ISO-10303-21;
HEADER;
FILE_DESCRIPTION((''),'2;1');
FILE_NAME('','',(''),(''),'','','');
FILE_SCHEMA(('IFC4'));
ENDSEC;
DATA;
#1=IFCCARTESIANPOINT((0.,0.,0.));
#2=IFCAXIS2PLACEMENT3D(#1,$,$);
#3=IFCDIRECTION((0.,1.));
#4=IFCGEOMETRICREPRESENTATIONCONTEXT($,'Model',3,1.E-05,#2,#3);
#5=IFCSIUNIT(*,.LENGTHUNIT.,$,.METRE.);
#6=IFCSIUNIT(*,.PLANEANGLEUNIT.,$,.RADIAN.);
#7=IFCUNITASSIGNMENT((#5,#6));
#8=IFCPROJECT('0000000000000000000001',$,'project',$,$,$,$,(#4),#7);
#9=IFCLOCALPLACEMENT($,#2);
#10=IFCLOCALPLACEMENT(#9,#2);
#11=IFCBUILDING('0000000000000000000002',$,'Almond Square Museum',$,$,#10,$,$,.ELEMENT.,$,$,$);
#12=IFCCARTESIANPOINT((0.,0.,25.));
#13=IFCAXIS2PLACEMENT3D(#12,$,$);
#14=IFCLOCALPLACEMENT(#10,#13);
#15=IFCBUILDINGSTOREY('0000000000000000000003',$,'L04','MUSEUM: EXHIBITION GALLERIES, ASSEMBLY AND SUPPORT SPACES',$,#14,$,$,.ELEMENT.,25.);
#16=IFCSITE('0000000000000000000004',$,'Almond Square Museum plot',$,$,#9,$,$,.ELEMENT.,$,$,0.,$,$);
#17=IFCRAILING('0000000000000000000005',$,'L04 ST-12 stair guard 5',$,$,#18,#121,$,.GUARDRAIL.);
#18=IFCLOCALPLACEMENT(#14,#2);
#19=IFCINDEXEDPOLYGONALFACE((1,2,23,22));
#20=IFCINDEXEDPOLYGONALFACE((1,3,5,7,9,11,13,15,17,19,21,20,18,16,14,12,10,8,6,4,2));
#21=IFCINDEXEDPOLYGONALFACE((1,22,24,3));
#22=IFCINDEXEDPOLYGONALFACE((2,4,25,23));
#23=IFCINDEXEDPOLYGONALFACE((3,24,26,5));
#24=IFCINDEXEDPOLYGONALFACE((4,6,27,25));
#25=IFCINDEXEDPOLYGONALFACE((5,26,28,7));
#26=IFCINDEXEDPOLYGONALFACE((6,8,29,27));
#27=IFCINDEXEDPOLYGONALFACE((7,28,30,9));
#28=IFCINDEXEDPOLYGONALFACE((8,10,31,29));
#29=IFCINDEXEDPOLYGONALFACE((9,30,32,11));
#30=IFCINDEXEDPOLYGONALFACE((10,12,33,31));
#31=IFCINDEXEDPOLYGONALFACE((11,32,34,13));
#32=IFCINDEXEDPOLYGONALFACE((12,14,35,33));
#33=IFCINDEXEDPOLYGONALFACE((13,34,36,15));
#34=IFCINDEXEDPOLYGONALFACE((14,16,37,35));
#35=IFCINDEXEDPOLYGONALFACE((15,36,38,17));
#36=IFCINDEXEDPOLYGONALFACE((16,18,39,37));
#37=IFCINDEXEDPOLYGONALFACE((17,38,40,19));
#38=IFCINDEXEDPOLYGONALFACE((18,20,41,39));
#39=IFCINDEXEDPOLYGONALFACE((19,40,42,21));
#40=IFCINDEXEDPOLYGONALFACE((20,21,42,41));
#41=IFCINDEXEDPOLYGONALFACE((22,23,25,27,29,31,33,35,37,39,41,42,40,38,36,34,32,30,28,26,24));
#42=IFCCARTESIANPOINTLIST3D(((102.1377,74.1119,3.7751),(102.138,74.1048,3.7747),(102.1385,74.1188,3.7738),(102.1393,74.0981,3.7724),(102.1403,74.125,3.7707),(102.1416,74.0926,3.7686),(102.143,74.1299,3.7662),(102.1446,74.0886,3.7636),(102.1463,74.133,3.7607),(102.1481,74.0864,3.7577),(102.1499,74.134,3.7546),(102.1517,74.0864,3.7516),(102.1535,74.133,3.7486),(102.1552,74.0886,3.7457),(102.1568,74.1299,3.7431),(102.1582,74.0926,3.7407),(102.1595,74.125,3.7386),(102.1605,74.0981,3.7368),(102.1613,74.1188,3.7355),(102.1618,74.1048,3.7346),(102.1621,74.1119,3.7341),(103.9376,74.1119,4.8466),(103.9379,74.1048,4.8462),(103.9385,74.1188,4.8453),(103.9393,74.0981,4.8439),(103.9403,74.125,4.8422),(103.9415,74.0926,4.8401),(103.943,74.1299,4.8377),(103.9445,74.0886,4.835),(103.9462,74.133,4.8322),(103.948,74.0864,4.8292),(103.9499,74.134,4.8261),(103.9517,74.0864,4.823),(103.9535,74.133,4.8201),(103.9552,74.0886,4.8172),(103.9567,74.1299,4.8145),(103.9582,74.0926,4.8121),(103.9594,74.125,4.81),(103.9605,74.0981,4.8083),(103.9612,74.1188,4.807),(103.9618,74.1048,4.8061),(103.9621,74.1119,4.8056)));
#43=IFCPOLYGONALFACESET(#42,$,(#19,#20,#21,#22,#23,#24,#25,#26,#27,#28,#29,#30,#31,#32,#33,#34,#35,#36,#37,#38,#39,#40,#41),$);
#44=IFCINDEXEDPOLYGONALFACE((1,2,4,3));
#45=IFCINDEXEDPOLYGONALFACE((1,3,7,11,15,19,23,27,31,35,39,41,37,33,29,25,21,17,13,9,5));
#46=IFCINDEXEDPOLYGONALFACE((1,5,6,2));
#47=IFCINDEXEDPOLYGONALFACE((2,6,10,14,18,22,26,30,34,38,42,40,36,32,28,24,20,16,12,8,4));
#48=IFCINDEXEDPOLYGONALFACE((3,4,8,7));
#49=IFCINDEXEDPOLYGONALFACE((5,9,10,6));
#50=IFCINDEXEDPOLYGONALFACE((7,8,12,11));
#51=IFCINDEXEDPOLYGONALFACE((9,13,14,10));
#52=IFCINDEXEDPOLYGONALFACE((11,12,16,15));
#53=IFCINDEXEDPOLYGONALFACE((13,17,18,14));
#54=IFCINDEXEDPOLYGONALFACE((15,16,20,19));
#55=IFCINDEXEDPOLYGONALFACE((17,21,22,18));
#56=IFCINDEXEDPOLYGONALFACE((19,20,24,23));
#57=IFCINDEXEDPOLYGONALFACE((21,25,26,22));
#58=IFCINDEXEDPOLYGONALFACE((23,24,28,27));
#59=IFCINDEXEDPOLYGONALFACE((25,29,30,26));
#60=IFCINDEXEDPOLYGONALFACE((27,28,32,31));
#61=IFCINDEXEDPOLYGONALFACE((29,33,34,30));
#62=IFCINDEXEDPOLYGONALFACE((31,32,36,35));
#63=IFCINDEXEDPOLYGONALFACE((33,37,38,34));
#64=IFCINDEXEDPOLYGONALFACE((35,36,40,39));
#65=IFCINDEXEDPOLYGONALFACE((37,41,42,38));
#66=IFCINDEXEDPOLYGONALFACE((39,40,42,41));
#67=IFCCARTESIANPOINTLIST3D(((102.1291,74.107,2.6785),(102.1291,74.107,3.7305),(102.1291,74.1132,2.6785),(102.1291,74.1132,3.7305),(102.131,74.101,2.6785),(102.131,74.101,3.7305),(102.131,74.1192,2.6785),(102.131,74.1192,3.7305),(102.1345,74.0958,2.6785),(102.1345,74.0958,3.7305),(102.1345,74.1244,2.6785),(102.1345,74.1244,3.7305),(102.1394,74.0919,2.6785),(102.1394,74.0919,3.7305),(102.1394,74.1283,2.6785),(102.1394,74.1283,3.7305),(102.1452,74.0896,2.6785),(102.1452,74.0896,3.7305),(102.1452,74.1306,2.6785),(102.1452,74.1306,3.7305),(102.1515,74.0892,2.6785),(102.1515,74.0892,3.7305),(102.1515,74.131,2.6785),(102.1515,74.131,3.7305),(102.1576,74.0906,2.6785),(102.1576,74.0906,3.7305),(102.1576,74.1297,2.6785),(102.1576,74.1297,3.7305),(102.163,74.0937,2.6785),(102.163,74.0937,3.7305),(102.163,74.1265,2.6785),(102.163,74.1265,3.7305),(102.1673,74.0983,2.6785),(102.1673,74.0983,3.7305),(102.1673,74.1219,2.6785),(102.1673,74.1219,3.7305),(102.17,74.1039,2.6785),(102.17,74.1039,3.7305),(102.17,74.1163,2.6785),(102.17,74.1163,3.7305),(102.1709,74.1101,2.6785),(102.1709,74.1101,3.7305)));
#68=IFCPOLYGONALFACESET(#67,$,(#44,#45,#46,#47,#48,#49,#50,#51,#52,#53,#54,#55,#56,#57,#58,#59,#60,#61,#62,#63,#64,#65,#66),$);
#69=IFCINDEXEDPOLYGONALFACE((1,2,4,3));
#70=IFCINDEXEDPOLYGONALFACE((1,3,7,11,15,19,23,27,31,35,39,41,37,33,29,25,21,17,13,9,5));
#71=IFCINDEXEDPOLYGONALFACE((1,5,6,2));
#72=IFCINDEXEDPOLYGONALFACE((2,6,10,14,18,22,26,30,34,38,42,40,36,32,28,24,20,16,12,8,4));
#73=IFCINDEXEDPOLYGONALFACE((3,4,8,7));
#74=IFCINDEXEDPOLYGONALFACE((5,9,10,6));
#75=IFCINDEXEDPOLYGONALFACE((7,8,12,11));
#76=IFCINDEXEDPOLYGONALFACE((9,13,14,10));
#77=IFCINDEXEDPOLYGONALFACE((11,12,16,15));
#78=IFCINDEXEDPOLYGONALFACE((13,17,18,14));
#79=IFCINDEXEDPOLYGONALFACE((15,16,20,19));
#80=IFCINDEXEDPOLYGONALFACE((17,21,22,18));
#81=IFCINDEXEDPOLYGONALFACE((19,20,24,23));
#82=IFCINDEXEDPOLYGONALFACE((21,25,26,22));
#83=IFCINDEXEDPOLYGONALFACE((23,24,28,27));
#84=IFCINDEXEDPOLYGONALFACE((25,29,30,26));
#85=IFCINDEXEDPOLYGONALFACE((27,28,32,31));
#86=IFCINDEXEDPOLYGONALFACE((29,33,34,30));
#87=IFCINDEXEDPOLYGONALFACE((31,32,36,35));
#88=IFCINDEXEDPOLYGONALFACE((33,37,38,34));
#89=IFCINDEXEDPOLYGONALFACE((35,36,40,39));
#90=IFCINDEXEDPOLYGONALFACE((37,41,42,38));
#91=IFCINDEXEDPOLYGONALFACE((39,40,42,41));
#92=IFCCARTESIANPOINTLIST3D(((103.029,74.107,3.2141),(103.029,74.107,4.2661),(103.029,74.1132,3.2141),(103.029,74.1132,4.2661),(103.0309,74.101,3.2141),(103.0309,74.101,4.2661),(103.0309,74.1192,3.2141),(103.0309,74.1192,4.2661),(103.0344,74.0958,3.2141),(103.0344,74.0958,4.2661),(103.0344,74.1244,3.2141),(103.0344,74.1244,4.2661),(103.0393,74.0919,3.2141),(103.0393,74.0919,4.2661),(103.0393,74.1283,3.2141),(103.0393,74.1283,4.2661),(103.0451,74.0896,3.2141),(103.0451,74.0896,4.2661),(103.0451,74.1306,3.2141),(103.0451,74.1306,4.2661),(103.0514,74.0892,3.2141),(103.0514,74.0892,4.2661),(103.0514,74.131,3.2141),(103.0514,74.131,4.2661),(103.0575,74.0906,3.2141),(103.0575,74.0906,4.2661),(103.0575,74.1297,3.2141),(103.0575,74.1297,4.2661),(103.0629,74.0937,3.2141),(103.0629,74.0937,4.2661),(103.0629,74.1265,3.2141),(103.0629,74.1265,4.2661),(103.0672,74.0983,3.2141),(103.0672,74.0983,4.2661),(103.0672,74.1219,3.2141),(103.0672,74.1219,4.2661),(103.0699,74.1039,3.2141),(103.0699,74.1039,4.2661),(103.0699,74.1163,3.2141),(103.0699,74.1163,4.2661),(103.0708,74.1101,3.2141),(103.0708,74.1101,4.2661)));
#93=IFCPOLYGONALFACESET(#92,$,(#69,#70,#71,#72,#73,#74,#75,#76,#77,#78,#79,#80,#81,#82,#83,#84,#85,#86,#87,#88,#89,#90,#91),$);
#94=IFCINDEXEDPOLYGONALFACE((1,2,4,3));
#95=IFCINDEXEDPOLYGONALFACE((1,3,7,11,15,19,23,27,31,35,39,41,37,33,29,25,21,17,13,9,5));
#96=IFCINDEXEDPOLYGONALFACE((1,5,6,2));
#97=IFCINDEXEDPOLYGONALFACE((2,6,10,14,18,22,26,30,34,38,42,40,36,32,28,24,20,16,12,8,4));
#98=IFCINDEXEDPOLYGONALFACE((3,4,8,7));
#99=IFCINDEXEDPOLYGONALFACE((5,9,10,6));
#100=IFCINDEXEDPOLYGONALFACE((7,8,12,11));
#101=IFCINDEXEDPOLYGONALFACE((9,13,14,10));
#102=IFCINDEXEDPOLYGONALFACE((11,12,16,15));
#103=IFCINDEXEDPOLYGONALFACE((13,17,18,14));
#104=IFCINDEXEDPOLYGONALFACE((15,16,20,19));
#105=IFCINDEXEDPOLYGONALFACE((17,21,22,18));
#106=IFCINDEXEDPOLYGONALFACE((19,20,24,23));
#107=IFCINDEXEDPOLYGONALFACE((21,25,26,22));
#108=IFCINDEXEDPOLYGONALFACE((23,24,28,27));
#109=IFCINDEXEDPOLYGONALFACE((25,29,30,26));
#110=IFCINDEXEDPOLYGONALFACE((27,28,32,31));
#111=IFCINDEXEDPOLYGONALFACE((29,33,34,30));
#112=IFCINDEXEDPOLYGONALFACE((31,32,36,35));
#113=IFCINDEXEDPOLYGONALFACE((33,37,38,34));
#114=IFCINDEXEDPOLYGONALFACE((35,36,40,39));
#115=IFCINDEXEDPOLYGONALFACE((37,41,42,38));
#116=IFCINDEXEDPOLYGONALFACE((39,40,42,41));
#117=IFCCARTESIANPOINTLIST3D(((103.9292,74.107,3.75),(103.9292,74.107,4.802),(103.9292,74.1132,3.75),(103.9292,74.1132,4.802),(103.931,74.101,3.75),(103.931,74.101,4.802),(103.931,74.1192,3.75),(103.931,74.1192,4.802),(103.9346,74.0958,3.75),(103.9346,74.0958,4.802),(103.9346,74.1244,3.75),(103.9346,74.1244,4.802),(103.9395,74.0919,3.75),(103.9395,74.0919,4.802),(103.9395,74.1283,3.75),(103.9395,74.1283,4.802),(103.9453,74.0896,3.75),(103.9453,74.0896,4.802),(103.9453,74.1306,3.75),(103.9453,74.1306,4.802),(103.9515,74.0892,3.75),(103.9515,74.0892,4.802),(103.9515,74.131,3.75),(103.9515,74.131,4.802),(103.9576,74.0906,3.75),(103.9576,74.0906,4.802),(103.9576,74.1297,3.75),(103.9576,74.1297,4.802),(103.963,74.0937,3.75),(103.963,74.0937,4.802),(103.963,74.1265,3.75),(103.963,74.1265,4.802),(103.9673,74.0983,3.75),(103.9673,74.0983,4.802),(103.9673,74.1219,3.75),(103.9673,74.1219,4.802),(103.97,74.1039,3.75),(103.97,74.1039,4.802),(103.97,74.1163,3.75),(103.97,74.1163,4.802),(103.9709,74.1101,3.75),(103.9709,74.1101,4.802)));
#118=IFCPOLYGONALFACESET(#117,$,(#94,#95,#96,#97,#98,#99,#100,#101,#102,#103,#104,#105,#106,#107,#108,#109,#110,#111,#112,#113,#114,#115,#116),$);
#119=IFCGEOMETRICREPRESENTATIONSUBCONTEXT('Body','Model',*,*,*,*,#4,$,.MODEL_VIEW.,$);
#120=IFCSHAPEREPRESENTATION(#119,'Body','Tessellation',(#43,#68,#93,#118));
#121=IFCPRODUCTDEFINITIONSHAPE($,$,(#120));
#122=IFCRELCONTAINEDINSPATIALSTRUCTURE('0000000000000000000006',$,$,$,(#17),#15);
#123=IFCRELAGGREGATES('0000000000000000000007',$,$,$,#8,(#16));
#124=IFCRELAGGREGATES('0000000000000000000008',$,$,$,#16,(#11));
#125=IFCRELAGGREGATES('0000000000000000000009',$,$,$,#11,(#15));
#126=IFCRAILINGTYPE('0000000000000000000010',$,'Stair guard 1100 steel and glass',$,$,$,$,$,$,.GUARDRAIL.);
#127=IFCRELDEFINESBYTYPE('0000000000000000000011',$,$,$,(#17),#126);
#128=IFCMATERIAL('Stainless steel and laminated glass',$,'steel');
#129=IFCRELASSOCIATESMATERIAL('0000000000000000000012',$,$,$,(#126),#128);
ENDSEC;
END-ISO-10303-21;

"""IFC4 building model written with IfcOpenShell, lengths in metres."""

from ifc_helpers import new_model, si_unit, direction, frame, origin, origin_2d, place, context, subcontext, project, spatial, circle, extrude, material, type_object, element, save


model = new_model("IFC4")

# Units and contexts
model_context = context("Model", 3, precision=1e-05, world=origin(), true_north=direction((0.0, 1.0)))
body_context = subcontext(model_context, "Body", "Model", "MODEL_VIEW")
ifc_project = project(units=[si_unit("LENGTHUNIT", "METRE"), si_unit("PLANEANGLEUNIT", "RADIAN")], contexts=[model_context])

# Site, building, storey
site_placement = place(None, origin())
site = spatial("IfcSite", under=ifc_project, at=site_placement, Name="Almond Square Museum plot", CompositionType="ELEMENT", RefElevation=0.0)
building_placement = place(site_placement, origin())
building = spatial("IfcBuilding", under=site, at=building_placement, Name="Almond Square Museum", CompositionType="ELEMENT")
storey_placement = place(building_placement, frame((0.0, 0.0, 25.0)))
storey = spatial("IfcBuildingStorey", under=building, at=storey_placement, Name="L04", Description="MUSEUM: EXHIBITION GALLERIES, ASSEMBLY AND SUPPORT SPACES", CompositionType="ELEMENT", Elevation=25.0)

# Railing
ifc_material_1 = material(Name="Stainless steel and laminated glass", Category="steel")
railing_type_1 = type_object("IfcRailingType", Name="Stair guard 1100 steel and glass", PredefinedType="GUARDRAIL", material=ifc_material_1)
railing_1_placement = place(storey_placement, frame((102.1499, 74.1101, 2.6785)))
element("IfcRailing", 1, at=railing_1_placement, inside=storey, type_object=railing_type_1, Name="L04 ST-12 stair guard 5", PredefinedType="GUARDRAIL", context=body_context, shape_type="SweptSolid", body=[
    extrude(circle(Radius=0.0239, at=origin_2d()), frame((0.0, 0.0, 1.0762), z_axis=(0.859277, 0.0, 0.51151), x_axis=(0.0, 1.0, 0.0)), (0.0, 0.0, 1.0), 2.0947),
    extrude(circle(Radius=0.021, at=origin_2d()), origin(), (0.0, 0.0, 1.0), 1.052),
    extrude(circle(Radius=0.021, at=origin_2d()), frame((0.8999, 0.0, 0.5356)), (0.0, 0.0, 1.0), 1.052),
    extrude(circle(Radius=0.021, at=origin_2d()), frame((1.8, 0.0, 1.0715)), (0.0, 0.0, 1.0), 1.052),
])

save(model, "model.ifc")
